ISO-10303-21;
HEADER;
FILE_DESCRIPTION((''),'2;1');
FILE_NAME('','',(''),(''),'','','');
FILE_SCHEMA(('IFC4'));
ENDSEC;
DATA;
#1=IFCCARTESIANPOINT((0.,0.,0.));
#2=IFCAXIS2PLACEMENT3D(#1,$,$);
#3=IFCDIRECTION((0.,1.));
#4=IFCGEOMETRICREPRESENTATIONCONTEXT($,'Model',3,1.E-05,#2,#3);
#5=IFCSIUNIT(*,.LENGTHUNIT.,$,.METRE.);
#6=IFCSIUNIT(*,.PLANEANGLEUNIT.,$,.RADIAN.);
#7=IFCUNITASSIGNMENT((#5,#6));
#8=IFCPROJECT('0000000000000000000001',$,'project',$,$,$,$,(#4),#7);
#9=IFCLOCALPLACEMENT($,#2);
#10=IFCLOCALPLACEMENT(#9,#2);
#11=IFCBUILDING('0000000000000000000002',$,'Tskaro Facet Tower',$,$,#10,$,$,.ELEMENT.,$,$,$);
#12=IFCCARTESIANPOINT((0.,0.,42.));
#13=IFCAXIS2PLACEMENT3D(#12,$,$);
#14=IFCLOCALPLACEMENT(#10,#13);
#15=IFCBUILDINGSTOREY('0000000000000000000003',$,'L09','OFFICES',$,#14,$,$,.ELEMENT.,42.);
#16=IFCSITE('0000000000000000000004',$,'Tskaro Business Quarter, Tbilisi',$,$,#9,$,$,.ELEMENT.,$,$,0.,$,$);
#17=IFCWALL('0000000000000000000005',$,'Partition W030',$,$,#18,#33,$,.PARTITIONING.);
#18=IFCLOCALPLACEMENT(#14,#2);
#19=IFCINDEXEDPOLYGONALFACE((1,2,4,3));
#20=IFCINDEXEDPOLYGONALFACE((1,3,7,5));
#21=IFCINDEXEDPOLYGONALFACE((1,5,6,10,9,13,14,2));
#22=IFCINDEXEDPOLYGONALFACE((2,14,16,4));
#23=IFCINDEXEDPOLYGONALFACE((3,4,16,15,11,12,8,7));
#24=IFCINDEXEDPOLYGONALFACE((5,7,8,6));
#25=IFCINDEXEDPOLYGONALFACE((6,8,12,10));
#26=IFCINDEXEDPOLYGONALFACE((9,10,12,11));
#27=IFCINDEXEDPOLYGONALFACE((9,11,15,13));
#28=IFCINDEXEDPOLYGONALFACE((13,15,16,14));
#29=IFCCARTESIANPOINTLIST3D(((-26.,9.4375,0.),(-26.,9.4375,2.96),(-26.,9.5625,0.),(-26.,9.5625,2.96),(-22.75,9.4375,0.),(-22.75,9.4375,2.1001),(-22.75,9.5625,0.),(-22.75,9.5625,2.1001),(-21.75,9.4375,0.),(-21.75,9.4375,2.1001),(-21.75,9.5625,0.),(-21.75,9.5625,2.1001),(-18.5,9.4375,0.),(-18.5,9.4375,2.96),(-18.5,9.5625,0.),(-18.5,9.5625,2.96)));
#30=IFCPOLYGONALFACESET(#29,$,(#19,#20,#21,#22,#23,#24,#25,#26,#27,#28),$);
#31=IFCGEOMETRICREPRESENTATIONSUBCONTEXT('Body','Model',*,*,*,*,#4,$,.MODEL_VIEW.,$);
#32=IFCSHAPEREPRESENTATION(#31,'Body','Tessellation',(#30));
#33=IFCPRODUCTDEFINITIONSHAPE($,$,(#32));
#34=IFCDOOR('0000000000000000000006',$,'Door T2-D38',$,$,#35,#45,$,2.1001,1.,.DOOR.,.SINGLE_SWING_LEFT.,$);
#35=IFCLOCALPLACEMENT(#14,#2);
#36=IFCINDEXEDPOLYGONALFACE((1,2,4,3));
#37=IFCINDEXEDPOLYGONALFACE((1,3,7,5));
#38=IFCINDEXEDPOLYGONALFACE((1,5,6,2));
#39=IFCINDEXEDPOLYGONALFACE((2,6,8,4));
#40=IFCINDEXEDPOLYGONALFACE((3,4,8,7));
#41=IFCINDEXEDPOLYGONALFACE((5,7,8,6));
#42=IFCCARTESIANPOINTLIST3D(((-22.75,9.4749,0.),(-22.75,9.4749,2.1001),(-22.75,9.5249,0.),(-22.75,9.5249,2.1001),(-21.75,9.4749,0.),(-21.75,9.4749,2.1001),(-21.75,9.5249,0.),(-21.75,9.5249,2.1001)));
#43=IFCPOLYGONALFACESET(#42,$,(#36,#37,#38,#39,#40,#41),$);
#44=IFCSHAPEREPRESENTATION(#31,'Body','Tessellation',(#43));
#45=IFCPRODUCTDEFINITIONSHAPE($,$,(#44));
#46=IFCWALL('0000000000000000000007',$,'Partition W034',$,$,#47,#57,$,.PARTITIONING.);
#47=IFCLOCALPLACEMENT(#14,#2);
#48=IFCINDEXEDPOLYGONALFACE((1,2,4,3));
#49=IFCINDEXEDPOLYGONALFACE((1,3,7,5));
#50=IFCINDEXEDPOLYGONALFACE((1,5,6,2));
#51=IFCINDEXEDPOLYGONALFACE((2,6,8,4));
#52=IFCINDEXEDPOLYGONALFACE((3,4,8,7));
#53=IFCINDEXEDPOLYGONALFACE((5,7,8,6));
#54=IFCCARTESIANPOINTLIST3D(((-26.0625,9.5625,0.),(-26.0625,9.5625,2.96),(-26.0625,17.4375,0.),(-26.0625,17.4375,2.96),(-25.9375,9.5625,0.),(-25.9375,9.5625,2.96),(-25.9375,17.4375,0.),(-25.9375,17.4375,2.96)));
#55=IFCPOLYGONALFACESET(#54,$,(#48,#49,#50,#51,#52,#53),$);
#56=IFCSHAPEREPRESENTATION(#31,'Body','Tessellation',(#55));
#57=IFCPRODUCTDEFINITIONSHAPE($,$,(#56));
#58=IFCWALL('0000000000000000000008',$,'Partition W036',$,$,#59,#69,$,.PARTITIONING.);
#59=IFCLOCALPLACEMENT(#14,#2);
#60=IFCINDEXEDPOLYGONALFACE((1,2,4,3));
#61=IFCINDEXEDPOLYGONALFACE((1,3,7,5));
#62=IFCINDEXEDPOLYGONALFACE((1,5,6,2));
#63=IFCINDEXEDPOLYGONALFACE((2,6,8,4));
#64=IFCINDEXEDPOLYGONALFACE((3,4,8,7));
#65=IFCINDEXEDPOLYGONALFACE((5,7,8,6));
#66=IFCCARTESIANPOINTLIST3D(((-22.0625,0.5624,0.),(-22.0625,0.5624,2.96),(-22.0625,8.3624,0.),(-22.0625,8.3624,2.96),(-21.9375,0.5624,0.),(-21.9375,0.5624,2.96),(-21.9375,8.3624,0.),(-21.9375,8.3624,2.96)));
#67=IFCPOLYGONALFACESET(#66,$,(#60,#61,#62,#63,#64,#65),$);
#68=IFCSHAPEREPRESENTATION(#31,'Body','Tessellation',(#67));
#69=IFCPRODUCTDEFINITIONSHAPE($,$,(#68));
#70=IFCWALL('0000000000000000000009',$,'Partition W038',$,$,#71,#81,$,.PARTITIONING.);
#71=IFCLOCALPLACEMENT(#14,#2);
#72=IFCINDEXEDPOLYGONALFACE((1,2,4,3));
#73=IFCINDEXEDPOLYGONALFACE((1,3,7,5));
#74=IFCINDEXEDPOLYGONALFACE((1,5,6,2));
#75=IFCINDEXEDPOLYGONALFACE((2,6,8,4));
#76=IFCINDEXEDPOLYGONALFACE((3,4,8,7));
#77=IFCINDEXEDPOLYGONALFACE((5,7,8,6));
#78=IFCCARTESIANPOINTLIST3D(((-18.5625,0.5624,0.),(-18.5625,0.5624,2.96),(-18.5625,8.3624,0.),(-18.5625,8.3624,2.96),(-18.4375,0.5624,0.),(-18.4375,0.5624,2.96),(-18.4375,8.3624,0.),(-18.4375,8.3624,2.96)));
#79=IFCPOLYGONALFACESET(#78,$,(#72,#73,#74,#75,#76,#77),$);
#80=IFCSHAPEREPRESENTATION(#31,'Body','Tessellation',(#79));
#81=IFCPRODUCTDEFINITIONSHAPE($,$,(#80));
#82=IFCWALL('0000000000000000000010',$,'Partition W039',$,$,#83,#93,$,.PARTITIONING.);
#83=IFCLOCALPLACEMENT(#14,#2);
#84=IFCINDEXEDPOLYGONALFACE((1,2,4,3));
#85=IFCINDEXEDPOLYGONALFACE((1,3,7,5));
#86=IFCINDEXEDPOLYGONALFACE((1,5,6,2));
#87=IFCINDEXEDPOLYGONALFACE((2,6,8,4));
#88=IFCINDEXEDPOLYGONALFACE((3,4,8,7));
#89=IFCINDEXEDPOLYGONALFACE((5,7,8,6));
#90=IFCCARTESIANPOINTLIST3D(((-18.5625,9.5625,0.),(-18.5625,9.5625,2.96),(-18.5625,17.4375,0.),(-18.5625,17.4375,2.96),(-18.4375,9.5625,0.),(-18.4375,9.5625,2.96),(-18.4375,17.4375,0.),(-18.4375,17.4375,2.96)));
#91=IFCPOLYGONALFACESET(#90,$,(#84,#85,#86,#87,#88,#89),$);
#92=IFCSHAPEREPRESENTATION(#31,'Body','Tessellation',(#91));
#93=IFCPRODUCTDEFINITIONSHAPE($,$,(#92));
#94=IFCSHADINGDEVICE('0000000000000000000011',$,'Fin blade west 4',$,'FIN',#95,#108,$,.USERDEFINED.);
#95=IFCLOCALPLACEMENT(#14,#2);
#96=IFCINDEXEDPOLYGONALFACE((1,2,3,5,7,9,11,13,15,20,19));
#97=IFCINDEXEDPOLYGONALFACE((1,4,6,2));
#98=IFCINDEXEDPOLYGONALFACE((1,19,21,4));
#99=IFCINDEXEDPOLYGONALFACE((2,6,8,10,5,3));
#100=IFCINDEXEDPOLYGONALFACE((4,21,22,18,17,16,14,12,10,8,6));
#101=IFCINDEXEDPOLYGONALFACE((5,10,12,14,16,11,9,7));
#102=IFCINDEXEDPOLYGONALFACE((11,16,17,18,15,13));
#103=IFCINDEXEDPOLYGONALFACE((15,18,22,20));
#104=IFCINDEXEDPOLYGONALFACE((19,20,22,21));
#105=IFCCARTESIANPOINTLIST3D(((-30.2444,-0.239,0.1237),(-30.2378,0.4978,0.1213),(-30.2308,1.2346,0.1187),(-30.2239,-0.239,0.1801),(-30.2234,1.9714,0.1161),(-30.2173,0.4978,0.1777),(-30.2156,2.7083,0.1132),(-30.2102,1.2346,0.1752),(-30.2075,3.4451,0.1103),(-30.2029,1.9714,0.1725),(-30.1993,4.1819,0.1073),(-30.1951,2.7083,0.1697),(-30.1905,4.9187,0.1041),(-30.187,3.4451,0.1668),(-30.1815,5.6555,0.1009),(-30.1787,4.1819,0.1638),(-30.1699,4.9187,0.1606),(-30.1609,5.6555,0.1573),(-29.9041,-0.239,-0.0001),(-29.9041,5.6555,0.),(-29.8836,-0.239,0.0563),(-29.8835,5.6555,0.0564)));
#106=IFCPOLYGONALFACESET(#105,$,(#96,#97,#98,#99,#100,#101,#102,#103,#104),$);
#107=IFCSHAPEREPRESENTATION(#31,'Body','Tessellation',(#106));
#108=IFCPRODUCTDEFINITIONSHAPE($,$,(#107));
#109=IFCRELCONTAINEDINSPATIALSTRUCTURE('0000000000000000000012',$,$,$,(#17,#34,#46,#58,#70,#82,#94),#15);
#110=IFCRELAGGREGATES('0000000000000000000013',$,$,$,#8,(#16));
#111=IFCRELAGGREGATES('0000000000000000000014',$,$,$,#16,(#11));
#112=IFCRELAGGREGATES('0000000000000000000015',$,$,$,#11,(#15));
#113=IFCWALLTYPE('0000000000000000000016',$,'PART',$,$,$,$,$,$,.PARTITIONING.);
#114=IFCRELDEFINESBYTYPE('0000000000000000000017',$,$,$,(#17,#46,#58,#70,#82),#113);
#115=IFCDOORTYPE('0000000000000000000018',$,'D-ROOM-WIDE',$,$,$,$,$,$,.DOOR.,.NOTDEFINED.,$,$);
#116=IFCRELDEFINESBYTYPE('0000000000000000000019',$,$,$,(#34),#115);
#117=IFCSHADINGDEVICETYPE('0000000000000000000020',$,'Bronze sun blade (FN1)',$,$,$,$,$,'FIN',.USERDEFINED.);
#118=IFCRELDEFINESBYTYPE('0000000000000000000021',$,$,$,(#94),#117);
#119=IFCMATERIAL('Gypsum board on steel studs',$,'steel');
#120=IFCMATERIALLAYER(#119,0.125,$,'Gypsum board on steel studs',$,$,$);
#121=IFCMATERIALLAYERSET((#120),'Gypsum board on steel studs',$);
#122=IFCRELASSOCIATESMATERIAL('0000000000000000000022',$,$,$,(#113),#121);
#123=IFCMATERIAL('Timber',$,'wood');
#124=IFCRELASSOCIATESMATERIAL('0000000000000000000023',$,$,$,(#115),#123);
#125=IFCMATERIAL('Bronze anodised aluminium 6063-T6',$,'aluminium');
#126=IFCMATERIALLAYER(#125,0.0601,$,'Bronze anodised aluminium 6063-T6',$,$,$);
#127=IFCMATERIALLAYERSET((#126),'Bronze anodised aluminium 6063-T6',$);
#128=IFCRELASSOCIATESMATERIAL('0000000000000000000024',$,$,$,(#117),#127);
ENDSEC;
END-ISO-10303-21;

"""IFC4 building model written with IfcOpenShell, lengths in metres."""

from ifc_helpers import new_model, si_unit, direction, frame, frame_2d, origin, place, context, subcontext, project, spatial, polyline, rectangle, outline, extrude, material, layer, layer_set, type_object, element, fill, save


model = new_model("IFC4")

# Units and contexts
model_context = context("Model", 3, precision=1e-05, world=origin(), true_north=direction((0.0, 1.0)))
body_context = subcontext(model_context, "Body", "Model", "MODEL_VIEW")
ifc_project = project(units=[si_unit("LENGTHUNIT", "METRE"), si_unit("PLANEANGLEUNIT", "RADIAN")], contexts=[model_context])

# Site, building, storey
site_placement = place(None, origin())
site = spatial("IfcSite", under=ifc_project, at=site_placement, Name="Tskaro Business Quarter, Tbilisi", CompositionType="ELEMENT", RefElevation=0.0)
building_placement = place(site_placement, origin())
building = spatial("IfcBuilding", under=site, at=building_placement, Name="Tskaro Facet Tower", CompositionType="ELEMENT")
storey_placement = place(building_placement, frame((0.0, 0.0, 42.0)))
storey = spatial("IfcBuildingStorey", under=building, at=storey_placement, Name="L09", Description="OFFICES", CompositionType="ELEMENT", Elevation=42.0)

# Shared definitions
ifc_material_1 = material(Name="Bronze anodised aluminium 6063-T6", Category="aluminium")

# Shared definitions
ifc_material_2 = material(Name="Gypsum board on steel studs", Category="steel")
ifc_layer_1 = layer(ifc_material_2, 0.125, Name="Gypsum board on steel studs")
ifc_layer_set_1 = layer_set([ifc_layer_1], Name="Gypsum board on steel studs")
wall_type = type_object("IfcWallType", Name="PART", PredefinedType="PARTITIONING", material=ifc_layer_set_1)
ifc_material_3 = material(Name="Timber", Category="wood")

# Wall, opening, door
wall_1_placement = place(storey_placement, frame((-26.0, 9.5, 0.0), z_axis=(0.0, 0.0, 1.0), x_axis=(1.0, 0.0, 0.0)))
wall_1 = element("IfcWall", 1, at=wall_1_placement, inside=storey, type_object=wall_type, Name="Partition W030", PredefinedType="PARTITIONING", context=body_context, shape_type="SweptSolid", body=[
    extrude(rectangle(XDim=7.5, YDim=0.125, at=frame_2d((3.75, 0.0))), origin(), (0.0, 0.0, 1.0), 2.96),
])
opening_1_placement = place(wall_1_placement, frame((3.25, 0.0, 0.0)))
opening_1 = element("IfcOpeningElement", 2, at=opening_1_placement, cuts=wall_1, PredefinedType="OPENING", context=body_context, shape_type="SweptSolid", body=[
    extrude(rectangle(XDim=1.0, YDim=2.1001, at=frame_2d((0.5, 1.05))), frame((0.0, 0.0725, 0.0), z_axis=(0.0, -1.0, 0.0), x_axis=(1.0, 0.0, 0.0)), (0.0, 0.0, 1.0), 0.145),
])
door_type_1 = type_object("IfcDoorType", Name="D-ROOM-WIDE", OperationType="NOTDEFINED", PredefinedType="DOOR", material=ifc_material_3)
door_1_placement = place(opening_1_placement, origin())
door_1 = element("IfcDoor", 3, at=door_1_placement, inside=storey, type_object=door_type_1, Name="Door T2-D38", OperationType="SINGLE_SWING_LEFT", OverallHeight=2.1001, OverallWidth=1.0, PredefinedType="DOOR", context=body_context, shape_type="SweptSolid", body=[
    extrude(rectangle(XDim=1.0, YDim=2.1001, at=frame_2d((0.5, 1.05))), frame((0.0, 0.0249, 0.0), z_axis=(0.0, -1.0, 0.0), x_axis=(1.0, 0.0, 0.0)), (0.0, 0.0, 1.0), 0.05),
])
fill(opening_1, door_1)

# Walls
wall_2_placement = place(storey_placement, frame((-26.0, 9.5625, 0.0), z_axis=(0.0, 0.0, 1.0), x_axis=(0.0, 1.0, 0.0)))
element("IfcWall", 4, at=wall_2_placement, inside=storey, type_object=wall_type, Name="Partition W034", PredefinedType="PARTITIONING", context=body_context, shape_type="SweptSolid", body=[
    extrude(rectangle(XDim=7.875, YDim=0.125, at=frame_2d((3.9375, 0.0))), origin(), (0.0, 0.0, 1.0), 2.96),
])
for number, where, z_axis, x_axis, name in (
    (5, (-22.0, 0.5625, 0.0), (0.0, 0.0, 1.0), (0.0, 1.0, 0.0), "Partition W036"),
    (6, (-18.5, 0.5625, 0.0), (0.0, 0.0, 1.0), (0.0, 1.0, 0.0), "Partition W038"),
):
    element("IfcWall", number, at=place(storey_placement, frame(where, z_axis=z_axis, x_axis=x_axis)), inside=storey, type_object=wall_type, Name=name, PredefinedType="PARTITIONING", context=body_context, shape_type="SweptSolid", body=[
        extrude(rectangle(XDim=7.8, YDim=0.125, at=frame_2d((3.8999, 0.0))), origin(), (0.0, 0.0, 1.0), 2.96),
    ])
wall_3_placement = place(storey_placement, frame((-18.5, 9.5625, 0.0), z_axis=(0.0, 0.0, 1.0), x_axis=(0.0, 1.0, 0.0)))
element("IfcWall", 7, at=wall_3_placement, inside=storey, type_object=wall_type, Name="Partition W039", PredefinedType="PARTITIONING", context=body_context, shape_type="SweptSolid", body=[
    extrude(rectangle(XDim=7.875, YDim=0.125, at=frame_2d((3.9375, 0.0))), origin(), (0.0, 0.0, 1.0), 2.96),
])

# Shading device
ifc_layer_2 = layer(ifc_material_1, 0.0601, Name="Bronze anodised aluminium 6063-T6")
ifc_layer_set_2 = layer_set([ifc_layer_2], Name="Bronze anodised aluminium 6063-T6")
shading_device_type = type_object("IfcShadingDeviceType", Name="Bronze sun blade (FN1)", ElementType="FIN", PredefinedType="USERDEFINED", material=ifc_layer_set_2)
shading_device_1_placement = place(storey_placement, frame((-29.8835, 5.6555, 0.0564), z_axis=(0.34191, -0.000016, 0.939733), x_axis=(-0.000005, -1.0, -0.000015)))
element("IfcShadingDevice", 8, at=shading_device_1_placement, inside=storey, type_object=shading_device_type, Name="Fin blade west 4", ObjectType="FIN", PredefinedType="USERDEFINED", context=body_context, shape_type="SweptSolid", body=[
    extrude(outline(polyline([(0.0, 0.0), (5.8945, 0.0), (5.8945, -0.3621), (5.1577, -0.3551), (4.4209, -0.3476), (3.6841, -0.3398), (2.9473, -0.3315), (2.2104, -0.3229), (1.4736, -0.3141), (0.7368, -0.3048), (0.0, -0.2952), (0.0, 0.0)])), origin(), (0.0, 0.0, -1.0), 0.0601),
])

save(model, "model.ifc")
